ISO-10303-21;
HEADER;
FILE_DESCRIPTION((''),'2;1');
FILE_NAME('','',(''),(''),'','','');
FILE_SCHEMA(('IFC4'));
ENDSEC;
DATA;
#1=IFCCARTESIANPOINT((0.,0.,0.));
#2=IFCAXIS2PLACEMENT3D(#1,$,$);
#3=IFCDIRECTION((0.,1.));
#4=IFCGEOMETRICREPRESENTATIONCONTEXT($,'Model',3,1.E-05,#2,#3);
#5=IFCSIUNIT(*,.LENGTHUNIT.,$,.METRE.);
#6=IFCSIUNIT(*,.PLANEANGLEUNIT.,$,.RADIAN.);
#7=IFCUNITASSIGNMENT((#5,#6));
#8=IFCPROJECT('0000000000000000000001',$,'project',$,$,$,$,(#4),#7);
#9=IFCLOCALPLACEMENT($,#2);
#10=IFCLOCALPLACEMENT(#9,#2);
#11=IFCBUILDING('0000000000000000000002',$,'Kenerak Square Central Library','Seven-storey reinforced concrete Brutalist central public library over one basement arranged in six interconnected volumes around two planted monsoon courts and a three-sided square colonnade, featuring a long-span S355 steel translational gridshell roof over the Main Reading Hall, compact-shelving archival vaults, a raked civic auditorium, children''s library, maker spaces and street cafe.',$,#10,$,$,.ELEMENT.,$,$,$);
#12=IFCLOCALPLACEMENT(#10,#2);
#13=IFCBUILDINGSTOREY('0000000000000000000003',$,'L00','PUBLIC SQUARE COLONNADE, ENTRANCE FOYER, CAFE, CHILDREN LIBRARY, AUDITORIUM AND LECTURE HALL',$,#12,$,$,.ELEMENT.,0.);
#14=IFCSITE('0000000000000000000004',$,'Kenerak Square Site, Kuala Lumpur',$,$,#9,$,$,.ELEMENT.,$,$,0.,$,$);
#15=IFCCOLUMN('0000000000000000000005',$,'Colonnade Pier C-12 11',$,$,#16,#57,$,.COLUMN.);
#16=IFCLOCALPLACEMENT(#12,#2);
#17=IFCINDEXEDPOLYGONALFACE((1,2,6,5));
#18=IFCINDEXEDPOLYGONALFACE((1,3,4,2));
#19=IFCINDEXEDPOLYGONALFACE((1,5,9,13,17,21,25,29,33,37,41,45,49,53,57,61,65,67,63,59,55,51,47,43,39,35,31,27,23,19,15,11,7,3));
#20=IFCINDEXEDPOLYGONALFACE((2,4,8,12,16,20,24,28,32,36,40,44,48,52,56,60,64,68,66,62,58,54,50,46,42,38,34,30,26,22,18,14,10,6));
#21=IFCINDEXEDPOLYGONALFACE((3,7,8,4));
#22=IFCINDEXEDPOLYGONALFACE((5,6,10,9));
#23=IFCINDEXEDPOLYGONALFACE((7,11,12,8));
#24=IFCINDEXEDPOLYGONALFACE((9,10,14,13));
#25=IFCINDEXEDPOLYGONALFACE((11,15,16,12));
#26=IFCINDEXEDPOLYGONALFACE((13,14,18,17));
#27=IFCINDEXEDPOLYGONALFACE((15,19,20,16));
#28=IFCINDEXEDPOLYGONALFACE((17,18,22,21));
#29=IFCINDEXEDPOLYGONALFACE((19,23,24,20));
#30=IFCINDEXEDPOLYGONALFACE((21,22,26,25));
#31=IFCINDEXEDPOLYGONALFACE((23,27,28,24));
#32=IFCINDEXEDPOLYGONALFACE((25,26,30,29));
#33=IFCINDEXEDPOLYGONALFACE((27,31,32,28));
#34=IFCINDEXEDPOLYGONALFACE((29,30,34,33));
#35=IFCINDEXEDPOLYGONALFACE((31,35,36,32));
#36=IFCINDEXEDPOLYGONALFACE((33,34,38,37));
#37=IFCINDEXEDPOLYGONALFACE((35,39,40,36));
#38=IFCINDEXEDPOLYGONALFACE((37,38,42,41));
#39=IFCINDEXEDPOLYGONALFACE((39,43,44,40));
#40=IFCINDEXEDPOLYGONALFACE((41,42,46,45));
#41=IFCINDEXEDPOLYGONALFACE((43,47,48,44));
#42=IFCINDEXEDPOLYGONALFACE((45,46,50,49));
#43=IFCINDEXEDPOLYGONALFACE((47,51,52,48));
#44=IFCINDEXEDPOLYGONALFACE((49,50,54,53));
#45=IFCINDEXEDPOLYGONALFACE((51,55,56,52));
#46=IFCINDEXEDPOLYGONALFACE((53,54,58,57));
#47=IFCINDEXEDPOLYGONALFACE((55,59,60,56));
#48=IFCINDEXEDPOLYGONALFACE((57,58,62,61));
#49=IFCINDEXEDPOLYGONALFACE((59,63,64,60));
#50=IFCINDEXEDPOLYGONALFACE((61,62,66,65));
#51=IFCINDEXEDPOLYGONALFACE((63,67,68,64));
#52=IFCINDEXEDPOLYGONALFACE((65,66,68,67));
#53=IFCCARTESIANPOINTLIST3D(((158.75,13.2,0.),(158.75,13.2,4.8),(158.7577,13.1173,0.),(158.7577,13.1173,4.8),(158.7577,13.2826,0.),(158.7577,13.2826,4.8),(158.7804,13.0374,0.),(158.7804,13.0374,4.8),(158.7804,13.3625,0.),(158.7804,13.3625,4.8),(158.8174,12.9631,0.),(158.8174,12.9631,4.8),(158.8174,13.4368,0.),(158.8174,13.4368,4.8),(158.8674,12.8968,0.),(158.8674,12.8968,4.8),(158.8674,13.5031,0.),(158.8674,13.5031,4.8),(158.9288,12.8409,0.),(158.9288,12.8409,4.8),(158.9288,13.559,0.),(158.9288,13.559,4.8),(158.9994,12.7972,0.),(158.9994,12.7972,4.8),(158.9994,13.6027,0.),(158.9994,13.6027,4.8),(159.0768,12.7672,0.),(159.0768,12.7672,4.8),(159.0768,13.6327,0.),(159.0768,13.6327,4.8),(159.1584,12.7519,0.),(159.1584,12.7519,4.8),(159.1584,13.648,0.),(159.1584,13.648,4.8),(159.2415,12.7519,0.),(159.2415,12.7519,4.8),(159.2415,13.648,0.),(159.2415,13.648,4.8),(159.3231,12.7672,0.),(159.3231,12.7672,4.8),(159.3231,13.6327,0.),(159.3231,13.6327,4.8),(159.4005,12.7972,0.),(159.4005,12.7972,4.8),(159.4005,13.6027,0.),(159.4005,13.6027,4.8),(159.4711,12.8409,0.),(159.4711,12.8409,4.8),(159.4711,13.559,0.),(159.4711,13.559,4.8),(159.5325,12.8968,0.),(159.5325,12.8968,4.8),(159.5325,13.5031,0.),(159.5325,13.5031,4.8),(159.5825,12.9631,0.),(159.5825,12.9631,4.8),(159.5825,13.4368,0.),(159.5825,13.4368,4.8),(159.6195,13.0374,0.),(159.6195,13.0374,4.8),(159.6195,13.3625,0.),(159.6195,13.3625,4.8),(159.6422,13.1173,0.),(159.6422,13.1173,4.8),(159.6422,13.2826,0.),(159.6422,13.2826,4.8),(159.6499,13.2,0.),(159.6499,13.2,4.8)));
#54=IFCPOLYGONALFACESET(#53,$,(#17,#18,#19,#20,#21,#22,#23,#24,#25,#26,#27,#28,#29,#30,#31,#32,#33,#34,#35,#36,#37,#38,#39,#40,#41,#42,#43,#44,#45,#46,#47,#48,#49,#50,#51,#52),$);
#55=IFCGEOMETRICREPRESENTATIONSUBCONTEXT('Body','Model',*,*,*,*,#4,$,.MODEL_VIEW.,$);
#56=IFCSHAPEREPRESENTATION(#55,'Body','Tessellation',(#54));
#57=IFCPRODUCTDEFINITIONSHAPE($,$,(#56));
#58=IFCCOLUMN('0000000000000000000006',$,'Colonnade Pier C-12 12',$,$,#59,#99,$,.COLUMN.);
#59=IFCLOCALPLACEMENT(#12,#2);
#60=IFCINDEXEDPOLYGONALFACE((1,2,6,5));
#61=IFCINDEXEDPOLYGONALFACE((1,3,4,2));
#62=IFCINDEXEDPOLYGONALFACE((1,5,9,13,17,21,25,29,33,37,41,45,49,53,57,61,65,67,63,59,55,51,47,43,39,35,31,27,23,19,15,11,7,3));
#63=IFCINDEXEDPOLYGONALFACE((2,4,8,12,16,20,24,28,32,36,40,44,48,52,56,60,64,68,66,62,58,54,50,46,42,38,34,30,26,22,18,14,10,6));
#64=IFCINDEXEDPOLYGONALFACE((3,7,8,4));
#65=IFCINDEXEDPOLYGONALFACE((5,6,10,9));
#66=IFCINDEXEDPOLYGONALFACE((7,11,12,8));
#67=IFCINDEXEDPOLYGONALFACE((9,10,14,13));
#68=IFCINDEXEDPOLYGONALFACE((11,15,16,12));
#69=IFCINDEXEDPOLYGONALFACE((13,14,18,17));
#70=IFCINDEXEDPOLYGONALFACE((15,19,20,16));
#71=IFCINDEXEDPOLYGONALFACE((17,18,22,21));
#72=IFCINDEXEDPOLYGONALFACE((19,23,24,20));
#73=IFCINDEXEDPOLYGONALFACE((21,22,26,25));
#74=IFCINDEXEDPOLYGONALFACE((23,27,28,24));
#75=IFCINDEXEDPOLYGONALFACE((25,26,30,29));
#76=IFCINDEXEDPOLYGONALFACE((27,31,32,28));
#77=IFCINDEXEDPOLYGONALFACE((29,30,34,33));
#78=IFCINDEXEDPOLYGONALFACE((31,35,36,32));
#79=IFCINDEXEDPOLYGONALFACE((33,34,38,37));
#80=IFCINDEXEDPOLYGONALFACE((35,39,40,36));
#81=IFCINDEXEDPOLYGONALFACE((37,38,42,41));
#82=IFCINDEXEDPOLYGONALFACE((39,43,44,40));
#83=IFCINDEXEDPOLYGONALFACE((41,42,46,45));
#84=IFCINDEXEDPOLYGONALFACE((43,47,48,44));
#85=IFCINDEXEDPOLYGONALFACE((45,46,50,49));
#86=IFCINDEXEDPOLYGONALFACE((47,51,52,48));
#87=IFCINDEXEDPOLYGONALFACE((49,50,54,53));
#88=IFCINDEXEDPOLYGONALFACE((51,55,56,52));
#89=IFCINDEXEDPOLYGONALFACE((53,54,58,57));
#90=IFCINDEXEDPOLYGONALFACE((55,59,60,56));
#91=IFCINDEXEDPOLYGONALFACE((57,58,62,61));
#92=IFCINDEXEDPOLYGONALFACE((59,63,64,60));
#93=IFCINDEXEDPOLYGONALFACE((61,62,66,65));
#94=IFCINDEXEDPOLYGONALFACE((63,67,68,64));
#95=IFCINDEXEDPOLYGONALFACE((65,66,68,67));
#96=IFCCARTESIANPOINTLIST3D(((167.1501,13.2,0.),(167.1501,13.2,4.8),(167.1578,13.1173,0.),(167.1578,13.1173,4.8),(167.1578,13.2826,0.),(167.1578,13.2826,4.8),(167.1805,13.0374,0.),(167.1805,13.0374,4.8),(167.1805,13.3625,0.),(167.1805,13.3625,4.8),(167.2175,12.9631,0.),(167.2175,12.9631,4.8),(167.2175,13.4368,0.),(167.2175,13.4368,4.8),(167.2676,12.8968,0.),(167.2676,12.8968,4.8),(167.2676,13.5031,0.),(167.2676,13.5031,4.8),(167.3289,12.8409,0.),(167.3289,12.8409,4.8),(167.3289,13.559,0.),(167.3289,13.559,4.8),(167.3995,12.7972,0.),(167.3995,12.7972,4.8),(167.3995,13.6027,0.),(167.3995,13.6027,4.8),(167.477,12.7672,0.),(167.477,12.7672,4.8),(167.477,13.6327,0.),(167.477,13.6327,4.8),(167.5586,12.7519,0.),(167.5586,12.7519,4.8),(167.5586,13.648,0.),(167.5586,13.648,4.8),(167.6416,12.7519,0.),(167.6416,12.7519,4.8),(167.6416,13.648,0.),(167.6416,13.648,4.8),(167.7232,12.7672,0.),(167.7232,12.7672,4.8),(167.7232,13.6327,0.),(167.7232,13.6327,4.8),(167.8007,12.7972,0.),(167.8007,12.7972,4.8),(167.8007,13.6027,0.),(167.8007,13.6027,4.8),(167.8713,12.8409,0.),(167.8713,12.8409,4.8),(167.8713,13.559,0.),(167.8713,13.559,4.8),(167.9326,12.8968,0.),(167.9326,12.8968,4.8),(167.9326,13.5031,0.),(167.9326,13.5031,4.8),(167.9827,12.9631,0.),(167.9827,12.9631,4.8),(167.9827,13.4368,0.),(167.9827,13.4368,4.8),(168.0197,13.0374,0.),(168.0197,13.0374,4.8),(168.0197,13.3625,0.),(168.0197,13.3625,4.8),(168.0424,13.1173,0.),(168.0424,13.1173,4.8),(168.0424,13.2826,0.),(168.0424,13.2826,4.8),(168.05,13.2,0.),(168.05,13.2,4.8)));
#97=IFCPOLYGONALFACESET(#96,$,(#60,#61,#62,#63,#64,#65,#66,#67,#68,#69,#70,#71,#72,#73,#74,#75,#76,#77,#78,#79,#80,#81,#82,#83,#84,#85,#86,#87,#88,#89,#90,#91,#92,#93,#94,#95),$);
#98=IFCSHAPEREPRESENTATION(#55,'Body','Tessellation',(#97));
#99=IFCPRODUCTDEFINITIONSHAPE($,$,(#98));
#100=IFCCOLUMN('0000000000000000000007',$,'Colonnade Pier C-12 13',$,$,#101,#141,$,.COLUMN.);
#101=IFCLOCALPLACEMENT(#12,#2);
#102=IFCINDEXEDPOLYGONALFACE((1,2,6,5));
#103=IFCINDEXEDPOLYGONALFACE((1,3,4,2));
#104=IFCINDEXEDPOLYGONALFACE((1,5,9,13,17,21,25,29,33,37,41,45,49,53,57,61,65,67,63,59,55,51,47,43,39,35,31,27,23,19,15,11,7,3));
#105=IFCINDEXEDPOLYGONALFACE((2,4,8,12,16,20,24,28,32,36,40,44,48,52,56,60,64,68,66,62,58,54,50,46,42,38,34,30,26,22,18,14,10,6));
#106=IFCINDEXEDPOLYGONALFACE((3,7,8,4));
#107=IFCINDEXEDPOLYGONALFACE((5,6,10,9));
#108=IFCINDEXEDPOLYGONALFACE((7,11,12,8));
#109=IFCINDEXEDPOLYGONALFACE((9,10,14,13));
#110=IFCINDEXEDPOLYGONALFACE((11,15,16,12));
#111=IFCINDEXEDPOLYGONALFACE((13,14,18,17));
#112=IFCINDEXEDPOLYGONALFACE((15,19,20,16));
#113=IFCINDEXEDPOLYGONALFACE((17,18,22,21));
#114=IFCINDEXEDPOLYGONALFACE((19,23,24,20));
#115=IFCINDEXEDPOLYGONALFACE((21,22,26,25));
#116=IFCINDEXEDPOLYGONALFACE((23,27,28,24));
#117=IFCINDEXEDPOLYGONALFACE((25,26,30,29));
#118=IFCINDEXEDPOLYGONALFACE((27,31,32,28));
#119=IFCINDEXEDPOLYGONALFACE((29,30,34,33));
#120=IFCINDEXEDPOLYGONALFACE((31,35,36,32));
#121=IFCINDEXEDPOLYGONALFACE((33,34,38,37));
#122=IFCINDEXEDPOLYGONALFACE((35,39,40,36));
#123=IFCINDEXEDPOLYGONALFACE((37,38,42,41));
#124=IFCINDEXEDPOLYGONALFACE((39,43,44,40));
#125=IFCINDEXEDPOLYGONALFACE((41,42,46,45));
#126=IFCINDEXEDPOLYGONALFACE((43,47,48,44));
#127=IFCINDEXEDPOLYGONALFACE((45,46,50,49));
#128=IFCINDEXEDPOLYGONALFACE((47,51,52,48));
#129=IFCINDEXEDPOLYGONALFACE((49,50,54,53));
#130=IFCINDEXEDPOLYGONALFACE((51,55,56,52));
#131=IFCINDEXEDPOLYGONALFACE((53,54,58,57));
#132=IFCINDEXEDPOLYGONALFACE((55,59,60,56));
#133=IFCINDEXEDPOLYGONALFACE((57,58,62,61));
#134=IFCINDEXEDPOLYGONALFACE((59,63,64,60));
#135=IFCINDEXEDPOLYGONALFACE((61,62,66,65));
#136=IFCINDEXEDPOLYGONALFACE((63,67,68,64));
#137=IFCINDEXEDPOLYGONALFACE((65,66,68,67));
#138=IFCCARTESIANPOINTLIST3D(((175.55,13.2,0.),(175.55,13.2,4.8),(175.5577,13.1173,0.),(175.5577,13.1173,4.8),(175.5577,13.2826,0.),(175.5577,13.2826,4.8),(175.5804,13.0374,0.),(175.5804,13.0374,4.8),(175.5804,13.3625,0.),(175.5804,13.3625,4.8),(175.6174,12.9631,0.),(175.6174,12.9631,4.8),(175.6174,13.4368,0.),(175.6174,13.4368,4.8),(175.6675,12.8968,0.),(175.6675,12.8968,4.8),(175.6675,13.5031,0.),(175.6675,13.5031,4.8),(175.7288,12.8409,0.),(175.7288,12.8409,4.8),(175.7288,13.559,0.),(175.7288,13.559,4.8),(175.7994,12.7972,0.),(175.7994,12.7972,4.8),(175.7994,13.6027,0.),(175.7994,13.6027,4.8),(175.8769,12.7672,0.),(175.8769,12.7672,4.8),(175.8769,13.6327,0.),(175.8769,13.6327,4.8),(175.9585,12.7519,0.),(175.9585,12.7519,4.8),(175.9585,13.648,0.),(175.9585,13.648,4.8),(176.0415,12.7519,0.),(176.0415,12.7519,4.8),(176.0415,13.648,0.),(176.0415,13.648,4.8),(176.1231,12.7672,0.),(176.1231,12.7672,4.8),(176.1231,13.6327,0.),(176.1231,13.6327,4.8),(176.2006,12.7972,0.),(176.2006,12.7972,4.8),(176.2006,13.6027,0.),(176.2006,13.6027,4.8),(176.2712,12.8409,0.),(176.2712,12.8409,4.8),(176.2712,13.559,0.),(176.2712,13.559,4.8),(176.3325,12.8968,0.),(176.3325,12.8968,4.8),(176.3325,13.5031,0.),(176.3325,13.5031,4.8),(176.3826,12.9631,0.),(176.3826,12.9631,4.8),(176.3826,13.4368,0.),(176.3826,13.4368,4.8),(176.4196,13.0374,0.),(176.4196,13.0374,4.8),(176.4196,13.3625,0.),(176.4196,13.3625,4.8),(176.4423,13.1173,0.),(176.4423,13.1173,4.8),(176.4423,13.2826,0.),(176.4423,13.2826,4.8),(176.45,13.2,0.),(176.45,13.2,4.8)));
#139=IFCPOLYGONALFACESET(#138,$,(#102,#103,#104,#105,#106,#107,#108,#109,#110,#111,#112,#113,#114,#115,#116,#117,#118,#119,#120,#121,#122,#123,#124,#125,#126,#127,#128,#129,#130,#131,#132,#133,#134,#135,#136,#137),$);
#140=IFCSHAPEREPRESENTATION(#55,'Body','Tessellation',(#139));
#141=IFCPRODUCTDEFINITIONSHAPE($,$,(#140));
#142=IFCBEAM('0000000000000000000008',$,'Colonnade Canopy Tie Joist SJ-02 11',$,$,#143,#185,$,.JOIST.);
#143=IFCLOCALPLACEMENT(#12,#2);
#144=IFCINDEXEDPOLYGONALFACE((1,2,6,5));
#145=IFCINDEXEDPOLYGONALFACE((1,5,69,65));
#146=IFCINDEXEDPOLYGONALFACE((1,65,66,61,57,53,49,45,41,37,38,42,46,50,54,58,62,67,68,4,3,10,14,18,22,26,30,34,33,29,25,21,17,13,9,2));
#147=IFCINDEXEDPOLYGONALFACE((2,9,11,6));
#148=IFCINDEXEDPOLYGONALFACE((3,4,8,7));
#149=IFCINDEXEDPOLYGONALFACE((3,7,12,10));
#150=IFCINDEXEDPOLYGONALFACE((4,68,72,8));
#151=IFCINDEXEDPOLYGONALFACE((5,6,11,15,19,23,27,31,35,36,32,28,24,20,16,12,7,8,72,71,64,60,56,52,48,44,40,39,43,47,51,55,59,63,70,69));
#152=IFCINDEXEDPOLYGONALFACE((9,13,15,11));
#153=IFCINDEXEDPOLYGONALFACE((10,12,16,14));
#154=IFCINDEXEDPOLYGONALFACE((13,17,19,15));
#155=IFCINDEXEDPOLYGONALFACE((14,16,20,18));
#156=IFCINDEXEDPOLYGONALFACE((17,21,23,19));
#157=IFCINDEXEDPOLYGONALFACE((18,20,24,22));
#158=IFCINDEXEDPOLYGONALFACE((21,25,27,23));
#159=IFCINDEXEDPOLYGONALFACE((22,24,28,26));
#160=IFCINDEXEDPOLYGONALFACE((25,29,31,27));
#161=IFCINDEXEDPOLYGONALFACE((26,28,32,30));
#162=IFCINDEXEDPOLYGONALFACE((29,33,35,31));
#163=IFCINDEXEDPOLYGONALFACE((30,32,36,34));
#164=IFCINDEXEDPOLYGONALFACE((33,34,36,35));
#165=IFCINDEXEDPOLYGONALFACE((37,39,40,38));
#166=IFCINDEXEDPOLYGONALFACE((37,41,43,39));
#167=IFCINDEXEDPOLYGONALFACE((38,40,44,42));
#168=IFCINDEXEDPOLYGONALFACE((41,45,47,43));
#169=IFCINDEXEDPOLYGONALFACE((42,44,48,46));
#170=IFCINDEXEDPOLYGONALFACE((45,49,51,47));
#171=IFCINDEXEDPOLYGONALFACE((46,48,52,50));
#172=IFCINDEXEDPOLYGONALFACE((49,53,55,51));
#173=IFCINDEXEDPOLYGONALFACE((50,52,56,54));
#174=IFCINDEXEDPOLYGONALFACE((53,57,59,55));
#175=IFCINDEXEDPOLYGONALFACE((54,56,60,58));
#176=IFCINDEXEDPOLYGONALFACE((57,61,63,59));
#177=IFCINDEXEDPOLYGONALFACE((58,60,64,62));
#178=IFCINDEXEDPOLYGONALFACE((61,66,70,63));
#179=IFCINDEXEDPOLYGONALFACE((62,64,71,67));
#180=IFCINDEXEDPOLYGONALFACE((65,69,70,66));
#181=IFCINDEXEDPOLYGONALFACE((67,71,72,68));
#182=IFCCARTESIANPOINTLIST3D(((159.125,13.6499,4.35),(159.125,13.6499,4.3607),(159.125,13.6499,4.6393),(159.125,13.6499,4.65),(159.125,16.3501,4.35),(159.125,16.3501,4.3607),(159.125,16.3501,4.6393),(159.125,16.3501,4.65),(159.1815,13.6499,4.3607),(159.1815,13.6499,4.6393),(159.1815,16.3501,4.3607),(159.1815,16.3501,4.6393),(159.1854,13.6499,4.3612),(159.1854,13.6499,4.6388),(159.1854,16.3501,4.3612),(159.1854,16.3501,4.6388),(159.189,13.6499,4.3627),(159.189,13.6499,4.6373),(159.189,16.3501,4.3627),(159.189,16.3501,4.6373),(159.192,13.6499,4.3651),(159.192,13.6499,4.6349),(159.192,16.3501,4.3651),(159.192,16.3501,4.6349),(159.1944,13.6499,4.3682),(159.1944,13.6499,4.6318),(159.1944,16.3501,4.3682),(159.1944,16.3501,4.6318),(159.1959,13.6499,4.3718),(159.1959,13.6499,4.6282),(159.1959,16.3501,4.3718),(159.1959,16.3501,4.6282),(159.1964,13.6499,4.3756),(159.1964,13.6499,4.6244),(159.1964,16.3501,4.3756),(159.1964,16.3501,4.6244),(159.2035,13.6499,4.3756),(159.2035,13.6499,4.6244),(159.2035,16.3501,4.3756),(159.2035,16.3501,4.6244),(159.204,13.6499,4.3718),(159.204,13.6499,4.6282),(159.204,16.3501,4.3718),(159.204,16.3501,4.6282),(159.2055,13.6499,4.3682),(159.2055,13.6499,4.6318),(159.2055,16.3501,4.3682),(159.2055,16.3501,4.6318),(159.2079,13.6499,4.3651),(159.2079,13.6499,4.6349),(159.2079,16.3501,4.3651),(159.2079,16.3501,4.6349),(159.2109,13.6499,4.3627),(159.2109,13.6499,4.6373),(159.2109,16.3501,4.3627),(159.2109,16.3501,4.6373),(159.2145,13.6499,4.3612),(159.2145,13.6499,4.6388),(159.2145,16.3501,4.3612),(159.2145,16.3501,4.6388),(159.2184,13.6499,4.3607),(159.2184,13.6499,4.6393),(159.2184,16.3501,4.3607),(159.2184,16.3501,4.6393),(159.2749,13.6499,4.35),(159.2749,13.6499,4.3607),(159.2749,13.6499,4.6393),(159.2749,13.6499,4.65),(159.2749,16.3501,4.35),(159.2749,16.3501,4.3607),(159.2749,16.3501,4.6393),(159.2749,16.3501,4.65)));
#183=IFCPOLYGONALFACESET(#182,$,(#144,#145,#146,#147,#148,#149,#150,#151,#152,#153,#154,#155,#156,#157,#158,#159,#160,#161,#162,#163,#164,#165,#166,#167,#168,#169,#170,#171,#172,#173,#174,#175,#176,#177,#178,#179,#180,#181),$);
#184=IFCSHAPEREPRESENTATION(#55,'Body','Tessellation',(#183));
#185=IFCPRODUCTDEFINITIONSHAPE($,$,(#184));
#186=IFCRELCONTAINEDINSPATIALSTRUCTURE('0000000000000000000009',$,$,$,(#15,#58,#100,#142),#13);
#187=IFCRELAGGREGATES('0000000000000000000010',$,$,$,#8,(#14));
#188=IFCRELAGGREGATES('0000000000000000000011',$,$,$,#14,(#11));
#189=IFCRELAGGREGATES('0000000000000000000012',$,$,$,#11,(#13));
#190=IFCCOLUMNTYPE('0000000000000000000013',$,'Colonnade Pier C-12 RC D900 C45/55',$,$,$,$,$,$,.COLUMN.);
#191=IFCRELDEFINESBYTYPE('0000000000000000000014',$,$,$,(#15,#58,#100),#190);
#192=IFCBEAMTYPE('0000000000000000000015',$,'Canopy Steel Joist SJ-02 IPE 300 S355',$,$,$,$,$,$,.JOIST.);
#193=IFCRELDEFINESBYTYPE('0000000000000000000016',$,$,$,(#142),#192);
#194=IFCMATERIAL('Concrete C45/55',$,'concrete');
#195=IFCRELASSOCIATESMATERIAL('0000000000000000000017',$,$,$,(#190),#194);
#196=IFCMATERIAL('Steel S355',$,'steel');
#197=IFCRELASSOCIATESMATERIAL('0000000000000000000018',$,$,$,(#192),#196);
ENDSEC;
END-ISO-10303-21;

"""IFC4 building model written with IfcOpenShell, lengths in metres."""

from ifc_helpers import new_model, si_unit, direction, frame, origin, origin_2d, place, context, subcontext, project, spatial, circle, i_section, extrude, material, material_profile, profile_set, type_object, element, save


model = new_model("IFC4")

# Units and contexts
model_context = context("Model", 3, precision=1e-05, world=origin(), true_north=direction((0.0, 1.0)))
body_context = subcontext(model_context, "Body", "Model", "MODEL_VIEW")
ifc_project = project(units=[si_unit("LENGTHUNIT", "METRE"), si_unit("PLANEANGLEUNIT", "RADIAN")], contexts=[model_context])

# Site, building, storey
site_placement = place(None, origin())
site = spatial("IfcSite", under=ifc_project, at=site_placement, Name="Kenerak Square Site, Kuala Lumpur", CompositionType="ELEMENT", RefElevation=0.0)
building_placement = place(site_placement, origin())
building = spatial("IfcBuilding", under=site, at=building_placement, Name="Kenerak Square Central Library", Description="Seven-storey reinforced concrete Brutalist central public library over one basement arranged in six interconnected volumes around two planted monsoon courts and a three-sided square colonnade, featuring a long-span S355 steel translational gridshell roof over the Main Reading Hall, compact-shelving archival vaults, a raked civic auditorium, children's library, maker spaces and street cafe.", CompositionType="ELEMENT")
storey_placement = place(building_placement, origin())
storey = spatial("IfcBuildingStorey", under=building, at=storey_placement, Name="L00", Description="PUBLIC SQUARE COLONNADE, ENTRANCE FOYER, CAFE, CHILDREN LIBRARY, AUDITORIUM AND LECTURE HALL", CompositionType="ELEMENT", Elevation=0.0)

# Columns
ifc_material_1 = material(Name="Concrete C45/55", Category="concrete")
ifc_material_profile_1 = material_profile(ifc_material_1, circle(Radius=0.45, at=origin_2d()), Name="RC D900")
ifc_profile_set_1 = profile_set([ifc_material_profile_1], Name="Concrete C45/55")
column_type = type_object("IfcColumnType", Name="Colonnade Pier C-12 RC D900 C45/55", PredefinedType="COLUMN", material=ifc_profile_set_1)
for number, where, z_axis, x_axis, name in (
    (1, (159.2, 13.2, 0.0), (0.0, 0.0, 1.0), (1.0, 0.0, 0.0), "Colonnade Pier C-12 11"),
    (2, (167.6001, 13.2, 0.0), (0.0, 0.0, 1.0), (1.0, 0.0, 0.0), "Colonnade Pier C-12 12"),
    (3, (176.0, 13.2, 0.0), (0.0, 0.0, 1.0), (1.0, 0.0, 0.0), "Colonnade Pier C-12 13"),
):
    element("IfcColumn", number, at=place(storey_placement, frame(where, z_axis=z_axis, x_axis=x_axis)), inside=storey, type_object=column_type, Name=name, PredefinedType="COLUMN", context=body_context, shape_type="SweptSolid", body=[
        extrude(circle(Radius=0.45, at=origin_2d()), origin(), (0.0, 0.0, 1.0), 4.8),
    ])

# Beam
ifc_material_2 = material(Name="Steel S355", Category="steel")
ifc_material_profile_2 = material_profile(ifc_material_2, i_section(OverallWidth=0.1499, OverallDepth=0.3, WebThickness=0.0071, FlangeThickness=0.0107, FilletRadius=0.0149, at=origin_2d()), Name="IPE 300")
ifc_profile_set_2 = profile_set([ifc_material_profile_2], Name="Steel S355")
beam_type_1 = type_object("IfcBeamType", Name="Canopy Steel Joist SJ-02 IPE 300 S355", PredefinedType="JOIST", material=ifc_profile_set_2)
for number, where, z_axis, x_axis, name in (
    (4, (159.2, 13.6499, 4.5), (0.0, 1.0, 0.0), (-1.0, 0.0, 0.0), "Colonnade Canopy Tie Joist SJ-02 11"),
):
    element("IfcBeam", number, at=place(storey_placement, frame(where, z_axis=z_axis, x_axis=x_axis)), inside=storey, type_object=beam_type_1, Name=name, PredefinedType="JOIST", context=body_context, shape_type="SweptSolid", body=[
        extrude(i_section(OverallWidth=0.1499, OverallDepth=0.3, WebThickness=0.0071, FlangeThickness=0.0107, FilletRadius=0.0149, at=origin_2d()), origin(), (0.0, 0.0, 1.0), 2.7002),
    ])

save(model, "model.ifc")
